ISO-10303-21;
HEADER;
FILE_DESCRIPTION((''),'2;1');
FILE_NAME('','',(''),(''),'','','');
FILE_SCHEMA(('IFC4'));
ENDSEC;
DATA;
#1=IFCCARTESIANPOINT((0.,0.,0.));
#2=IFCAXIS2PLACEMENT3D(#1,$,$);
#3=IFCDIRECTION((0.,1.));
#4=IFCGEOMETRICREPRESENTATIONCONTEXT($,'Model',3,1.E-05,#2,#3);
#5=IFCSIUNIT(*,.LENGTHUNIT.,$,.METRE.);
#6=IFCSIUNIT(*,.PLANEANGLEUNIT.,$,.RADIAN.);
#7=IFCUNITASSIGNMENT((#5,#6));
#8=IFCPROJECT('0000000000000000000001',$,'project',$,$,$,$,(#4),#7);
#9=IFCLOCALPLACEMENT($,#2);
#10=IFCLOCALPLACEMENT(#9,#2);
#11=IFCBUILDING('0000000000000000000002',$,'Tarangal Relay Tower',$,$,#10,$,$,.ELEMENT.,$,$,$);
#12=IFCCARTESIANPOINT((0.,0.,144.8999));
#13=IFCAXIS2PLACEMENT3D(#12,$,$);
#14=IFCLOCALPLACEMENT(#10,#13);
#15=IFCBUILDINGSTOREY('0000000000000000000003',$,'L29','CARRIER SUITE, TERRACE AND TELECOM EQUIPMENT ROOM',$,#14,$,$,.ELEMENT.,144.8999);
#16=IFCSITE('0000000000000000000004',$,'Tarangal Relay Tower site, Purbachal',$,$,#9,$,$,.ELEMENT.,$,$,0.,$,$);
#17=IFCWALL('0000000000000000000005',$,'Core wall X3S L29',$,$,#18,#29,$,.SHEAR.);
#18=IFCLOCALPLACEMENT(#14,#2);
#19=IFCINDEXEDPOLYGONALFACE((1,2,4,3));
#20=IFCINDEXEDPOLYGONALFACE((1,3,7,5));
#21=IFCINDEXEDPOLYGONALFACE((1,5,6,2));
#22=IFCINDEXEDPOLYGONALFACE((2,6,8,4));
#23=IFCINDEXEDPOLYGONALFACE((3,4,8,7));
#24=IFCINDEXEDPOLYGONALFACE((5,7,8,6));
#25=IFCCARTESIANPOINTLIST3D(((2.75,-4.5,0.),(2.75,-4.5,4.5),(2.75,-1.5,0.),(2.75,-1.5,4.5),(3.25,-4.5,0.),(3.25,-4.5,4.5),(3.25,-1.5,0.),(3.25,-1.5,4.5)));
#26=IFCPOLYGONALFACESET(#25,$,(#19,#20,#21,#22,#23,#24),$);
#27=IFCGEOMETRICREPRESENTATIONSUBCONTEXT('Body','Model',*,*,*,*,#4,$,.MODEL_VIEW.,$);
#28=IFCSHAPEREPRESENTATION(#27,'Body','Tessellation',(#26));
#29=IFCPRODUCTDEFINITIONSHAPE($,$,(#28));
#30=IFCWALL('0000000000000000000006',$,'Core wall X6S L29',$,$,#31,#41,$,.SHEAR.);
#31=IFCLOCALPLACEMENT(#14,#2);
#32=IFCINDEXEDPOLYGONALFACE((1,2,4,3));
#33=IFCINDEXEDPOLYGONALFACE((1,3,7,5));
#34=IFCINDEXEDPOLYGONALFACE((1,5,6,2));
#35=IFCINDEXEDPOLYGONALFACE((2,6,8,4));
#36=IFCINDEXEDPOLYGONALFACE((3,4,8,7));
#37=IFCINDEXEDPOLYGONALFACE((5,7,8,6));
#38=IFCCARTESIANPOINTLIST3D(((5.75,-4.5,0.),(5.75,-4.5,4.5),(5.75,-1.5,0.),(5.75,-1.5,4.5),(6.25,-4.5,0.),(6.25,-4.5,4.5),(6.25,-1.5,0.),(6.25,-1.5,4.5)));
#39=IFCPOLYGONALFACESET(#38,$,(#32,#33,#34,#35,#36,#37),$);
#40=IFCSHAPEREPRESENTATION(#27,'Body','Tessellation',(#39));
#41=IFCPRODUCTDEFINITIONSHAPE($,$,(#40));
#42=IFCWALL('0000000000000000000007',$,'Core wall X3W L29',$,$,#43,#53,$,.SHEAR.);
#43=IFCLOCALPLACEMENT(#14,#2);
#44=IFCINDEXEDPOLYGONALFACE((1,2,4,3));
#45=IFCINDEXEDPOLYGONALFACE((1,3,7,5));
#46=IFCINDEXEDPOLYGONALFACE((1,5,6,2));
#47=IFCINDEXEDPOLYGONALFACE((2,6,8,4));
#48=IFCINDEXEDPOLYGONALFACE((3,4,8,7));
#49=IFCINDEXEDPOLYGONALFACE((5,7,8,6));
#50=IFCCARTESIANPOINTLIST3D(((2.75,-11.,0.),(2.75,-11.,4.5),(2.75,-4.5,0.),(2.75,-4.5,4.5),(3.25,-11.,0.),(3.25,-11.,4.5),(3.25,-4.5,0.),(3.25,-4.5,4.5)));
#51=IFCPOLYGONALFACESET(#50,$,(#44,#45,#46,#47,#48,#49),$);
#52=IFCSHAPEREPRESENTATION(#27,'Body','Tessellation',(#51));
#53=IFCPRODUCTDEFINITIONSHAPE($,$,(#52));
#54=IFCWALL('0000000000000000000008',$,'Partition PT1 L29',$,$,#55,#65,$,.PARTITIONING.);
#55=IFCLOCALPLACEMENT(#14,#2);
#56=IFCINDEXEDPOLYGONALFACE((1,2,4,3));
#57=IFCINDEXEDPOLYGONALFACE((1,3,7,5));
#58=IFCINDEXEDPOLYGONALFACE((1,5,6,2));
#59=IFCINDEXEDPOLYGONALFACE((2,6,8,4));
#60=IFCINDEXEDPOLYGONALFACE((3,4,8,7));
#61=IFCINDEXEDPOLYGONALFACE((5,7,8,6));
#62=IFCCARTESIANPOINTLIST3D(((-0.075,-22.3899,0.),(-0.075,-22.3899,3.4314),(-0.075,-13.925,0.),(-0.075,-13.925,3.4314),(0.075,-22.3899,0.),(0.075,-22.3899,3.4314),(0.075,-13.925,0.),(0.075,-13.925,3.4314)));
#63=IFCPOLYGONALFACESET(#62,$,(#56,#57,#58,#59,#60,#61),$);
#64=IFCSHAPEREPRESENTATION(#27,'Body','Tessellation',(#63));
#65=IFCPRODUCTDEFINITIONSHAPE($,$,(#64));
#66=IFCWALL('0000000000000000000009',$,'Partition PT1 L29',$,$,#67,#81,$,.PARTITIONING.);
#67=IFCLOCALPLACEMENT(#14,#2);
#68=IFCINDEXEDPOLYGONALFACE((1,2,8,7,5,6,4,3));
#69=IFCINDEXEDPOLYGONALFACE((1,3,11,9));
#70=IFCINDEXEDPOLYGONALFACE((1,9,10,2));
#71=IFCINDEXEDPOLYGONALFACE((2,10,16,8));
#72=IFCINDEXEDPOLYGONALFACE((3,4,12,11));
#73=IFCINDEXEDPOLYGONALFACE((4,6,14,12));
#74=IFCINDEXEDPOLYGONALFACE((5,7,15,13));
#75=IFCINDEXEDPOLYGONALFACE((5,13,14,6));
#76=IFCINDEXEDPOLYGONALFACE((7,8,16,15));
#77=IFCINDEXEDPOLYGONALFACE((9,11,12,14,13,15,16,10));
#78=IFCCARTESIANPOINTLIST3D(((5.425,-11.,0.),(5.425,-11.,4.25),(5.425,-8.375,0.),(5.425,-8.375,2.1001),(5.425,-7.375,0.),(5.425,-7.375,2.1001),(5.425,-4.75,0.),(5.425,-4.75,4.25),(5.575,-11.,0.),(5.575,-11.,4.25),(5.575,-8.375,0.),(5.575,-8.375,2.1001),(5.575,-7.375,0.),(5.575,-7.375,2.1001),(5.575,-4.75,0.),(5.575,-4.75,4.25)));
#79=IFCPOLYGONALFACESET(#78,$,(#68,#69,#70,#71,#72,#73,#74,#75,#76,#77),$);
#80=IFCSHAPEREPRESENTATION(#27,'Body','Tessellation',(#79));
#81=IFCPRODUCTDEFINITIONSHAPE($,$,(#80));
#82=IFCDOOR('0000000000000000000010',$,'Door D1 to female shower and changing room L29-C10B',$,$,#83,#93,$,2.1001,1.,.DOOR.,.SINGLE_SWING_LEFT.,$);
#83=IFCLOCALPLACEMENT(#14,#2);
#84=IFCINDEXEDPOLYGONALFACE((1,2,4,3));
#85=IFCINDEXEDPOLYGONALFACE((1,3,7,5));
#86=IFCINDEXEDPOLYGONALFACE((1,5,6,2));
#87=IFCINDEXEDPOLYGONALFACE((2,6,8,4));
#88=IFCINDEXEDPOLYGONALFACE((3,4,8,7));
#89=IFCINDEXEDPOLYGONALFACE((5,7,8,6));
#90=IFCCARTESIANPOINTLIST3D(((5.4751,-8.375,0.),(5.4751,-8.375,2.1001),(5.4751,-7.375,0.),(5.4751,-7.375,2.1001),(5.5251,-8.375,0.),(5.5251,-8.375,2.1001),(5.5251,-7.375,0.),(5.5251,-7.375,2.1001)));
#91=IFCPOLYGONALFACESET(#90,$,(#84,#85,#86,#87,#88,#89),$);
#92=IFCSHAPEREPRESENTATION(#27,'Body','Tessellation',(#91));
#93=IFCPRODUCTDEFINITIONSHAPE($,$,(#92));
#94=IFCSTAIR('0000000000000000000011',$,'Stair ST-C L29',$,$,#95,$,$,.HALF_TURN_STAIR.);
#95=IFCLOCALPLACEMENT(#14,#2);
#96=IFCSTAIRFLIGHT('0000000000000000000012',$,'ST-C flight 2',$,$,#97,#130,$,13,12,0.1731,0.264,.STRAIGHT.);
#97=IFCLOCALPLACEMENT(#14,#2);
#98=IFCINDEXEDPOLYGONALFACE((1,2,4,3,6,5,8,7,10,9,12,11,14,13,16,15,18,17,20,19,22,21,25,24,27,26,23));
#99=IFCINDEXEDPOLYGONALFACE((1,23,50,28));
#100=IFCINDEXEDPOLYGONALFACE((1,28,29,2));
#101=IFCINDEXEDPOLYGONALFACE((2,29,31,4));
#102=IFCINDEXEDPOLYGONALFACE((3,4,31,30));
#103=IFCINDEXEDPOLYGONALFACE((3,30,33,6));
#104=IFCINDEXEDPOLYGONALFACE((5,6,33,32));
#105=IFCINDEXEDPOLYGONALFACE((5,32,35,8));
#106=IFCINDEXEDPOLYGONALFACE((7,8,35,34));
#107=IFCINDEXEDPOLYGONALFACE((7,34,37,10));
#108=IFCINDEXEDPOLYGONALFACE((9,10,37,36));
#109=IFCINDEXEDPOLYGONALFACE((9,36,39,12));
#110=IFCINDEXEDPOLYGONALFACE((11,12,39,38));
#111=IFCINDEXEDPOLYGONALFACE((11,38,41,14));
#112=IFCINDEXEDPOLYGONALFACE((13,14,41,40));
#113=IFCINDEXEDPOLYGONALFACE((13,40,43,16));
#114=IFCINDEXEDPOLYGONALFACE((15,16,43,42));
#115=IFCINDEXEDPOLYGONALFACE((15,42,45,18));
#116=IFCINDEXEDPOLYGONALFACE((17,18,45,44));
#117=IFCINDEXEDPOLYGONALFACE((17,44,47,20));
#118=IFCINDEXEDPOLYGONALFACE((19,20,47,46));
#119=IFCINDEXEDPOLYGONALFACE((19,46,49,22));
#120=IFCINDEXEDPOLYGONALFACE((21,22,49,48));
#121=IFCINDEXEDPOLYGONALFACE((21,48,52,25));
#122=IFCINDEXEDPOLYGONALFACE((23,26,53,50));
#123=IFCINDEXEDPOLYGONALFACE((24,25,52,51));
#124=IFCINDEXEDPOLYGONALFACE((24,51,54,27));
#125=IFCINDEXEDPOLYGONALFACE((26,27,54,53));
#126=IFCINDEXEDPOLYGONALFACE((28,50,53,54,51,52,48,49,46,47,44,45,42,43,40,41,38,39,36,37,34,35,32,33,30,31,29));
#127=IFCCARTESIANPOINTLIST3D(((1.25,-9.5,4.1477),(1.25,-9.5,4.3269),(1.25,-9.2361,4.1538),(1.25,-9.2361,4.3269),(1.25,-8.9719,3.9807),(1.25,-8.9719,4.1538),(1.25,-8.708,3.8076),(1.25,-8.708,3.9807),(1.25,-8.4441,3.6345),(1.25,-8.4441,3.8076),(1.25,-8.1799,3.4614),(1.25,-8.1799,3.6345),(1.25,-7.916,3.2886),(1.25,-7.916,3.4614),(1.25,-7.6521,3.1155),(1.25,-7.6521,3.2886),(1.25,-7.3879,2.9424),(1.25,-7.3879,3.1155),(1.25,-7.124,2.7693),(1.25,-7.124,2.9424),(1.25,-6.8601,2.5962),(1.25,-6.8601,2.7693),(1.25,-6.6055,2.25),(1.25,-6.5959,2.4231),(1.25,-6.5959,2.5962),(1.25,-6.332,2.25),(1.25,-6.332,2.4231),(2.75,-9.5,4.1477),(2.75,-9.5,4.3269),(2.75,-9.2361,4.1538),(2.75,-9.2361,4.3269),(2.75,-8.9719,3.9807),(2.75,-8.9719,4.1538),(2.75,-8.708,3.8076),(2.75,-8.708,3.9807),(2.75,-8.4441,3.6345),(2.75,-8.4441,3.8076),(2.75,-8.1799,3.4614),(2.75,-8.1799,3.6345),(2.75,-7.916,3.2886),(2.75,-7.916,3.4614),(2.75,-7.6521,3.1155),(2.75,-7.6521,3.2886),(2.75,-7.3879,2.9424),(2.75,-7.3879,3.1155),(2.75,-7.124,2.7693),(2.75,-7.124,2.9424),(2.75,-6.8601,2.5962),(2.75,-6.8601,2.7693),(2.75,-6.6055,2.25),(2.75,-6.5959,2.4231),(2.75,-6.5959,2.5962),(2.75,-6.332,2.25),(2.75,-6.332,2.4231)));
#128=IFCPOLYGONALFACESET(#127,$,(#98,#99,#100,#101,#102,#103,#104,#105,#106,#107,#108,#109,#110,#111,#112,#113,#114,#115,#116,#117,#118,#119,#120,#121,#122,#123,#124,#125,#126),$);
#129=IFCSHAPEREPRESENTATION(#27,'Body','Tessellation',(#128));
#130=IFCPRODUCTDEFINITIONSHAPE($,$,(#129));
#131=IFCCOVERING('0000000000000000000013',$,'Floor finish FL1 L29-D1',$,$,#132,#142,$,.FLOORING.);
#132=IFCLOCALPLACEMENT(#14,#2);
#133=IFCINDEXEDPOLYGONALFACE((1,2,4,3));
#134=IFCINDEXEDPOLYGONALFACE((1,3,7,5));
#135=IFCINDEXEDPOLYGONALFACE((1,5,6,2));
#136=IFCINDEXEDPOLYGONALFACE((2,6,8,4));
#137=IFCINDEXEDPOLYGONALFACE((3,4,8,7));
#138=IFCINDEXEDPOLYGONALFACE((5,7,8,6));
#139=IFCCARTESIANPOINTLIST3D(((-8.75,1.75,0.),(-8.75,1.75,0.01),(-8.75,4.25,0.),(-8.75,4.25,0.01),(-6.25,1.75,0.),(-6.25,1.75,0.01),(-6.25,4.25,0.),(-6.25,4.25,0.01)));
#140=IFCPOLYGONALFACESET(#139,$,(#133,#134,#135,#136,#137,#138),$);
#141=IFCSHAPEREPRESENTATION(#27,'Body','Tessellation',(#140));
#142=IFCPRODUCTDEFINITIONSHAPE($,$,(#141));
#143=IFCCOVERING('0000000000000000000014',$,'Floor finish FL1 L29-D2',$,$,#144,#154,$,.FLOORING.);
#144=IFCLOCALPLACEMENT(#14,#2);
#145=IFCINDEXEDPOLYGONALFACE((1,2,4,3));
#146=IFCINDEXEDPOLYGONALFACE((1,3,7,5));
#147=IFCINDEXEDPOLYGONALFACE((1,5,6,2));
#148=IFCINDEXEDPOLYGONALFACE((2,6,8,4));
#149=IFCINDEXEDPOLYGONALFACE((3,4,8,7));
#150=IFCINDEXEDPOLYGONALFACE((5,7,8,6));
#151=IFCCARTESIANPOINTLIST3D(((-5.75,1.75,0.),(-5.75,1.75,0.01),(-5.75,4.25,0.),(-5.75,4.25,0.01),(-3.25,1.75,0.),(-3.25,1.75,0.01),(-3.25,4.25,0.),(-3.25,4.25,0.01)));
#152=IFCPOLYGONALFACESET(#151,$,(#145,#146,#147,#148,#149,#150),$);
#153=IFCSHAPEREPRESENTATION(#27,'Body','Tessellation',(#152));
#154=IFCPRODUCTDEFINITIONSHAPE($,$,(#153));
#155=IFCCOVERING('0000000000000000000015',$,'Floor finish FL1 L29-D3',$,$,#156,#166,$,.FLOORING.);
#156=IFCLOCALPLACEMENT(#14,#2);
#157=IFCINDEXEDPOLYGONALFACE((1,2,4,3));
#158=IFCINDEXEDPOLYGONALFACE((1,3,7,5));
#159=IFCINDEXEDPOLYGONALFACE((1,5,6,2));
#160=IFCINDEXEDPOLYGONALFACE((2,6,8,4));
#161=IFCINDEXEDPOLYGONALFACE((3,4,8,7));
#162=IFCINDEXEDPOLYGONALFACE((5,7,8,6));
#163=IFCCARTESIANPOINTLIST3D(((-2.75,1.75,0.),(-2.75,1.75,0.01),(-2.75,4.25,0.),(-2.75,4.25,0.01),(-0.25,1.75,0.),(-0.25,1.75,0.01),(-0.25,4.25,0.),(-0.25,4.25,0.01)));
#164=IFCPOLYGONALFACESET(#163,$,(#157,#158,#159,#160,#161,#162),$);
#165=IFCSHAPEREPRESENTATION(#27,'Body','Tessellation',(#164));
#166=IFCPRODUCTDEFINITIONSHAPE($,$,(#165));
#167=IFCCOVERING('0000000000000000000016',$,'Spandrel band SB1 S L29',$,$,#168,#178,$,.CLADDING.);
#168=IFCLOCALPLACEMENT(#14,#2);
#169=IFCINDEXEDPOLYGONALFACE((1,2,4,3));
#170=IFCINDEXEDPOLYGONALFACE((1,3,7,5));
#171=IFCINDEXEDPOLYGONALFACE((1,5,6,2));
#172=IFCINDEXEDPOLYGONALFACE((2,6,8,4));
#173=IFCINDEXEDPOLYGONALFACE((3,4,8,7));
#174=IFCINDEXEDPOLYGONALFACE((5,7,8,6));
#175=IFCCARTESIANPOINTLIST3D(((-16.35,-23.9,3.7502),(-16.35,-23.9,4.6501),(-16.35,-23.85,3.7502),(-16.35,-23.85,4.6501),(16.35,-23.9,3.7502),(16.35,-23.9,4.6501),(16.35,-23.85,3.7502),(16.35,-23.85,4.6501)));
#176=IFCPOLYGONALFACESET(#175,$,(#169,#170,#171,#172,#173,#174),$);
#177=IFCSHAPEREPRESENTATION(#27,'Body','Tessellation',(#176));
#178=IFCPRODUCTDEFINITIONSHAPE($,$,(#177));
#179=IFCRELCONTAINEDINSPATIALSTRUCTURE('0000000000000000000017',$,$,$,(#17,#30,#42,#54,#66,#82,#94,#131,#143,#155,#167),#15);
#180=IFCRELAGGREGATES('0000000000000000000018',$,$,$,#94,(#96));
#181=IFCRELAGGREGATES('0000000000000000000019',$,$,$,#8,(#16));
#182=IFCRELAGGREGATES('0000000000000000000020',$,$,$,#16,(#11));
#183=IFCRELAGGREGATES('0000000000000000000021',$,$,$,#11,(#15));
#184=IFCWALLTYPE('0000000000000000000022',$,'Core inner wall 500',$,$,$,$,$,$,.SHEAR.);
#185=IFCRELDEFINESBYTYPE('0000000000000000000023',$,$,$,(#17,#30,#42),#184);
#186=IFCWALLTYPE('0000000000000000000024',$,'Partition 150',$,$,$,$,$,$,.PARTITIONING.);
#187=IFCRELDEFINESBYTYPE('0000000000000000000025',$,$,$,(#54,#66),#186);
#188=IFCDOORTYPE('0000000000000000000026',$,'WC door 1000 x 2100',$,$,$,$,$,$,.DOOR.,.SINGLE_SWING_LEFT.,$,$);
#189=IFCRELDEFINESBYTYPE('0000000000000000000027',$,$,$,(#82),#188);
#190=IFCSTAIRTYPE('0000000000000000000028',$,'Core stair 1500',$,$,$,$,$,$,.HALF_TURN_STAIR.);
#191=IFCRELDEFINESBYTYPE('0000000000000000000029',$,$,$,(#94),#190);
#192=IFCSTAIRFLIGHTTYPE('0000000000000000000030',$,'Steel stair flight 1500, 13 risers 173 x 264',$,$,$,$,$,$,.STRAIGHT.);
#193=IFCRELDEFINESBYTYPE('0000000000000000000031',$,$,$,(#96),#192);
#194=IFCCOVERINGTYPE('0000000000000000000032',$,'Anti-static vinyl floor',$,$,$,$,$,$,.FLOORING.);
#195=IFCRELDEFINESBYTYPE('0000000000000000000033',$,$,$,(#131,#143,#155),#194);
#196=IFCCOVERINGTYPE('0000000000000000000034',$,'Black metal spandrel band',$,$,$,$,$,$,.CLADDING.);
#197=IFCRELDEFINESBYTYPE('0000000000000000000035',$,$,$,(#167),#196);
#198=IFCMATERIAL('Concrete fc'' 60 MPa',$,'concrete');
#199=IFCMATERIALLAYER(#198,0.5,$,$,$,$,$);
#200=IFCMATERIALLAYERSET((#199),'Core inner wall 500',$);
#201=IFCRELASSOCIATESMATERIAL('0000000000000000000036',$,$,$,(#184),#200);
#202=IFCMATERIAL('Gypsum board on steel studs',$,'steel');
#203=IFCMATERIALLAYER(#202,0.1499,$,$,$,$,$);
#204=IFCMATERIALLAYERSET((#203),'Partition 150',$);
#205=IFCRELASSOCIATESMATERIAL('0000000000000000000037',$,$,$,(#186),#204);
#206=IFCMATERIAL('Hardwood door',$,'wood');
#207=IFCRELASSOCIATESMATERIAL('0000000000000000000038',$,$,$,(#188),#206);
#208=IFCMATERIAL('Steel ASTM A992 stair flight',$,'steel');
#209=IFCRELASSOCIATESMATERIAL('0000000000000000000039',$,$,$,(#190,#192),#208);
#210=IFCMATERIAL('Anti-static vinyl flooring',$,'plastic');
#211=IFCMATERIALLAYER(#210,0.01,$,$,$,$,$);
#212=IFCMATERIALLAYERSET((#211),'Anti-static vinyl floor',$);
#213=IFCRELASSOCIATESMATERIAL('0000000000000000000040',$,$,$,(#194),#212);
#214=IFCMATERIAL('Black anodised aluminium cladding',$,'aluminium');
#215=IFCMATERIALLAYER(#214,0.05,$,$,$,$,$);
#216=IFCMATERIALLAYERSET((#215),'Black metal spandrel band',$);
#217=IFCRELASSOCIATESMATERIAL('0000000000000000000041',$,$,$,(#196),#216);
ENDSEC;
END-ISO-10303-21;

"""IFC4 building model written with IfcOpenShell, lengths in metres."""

from ifc_helpers import new_model, si_unit, direction, frame, frame_2d, origin, origin_2d, place, context, subcontext, project, spatial, polyline, rectangle, outline, extrude, material, layer, layer_set, type_object, element, fill, aggregate, save


model = new_model("IFC4")

# Units and contexts
model_context = context("Model", 3, precision=1e-05, world=origin(), true_north=direction((0.0, 1.0)))
body_context = subcontext(model_context, "Body", "Model", "MODEL_VIEW")
ifc_project = project(units=[si_unit("LENGTHUNIT", "METRE"), si_unit("PLANEANGLEUNIT", "RADIAN")], contexts=[model_context])

# Site, building, storey
site_placement = place(None, origin())
site = spatial("IfcSite", under=ifc_project, at=site_placement, Name="Tarangal Relay Tower site, Purbachal", CompositionType="ELEMENT", RefElevation=0.0)
building_placement = place(site_placement, origin())
building = spatial("IfcBuilding", under=site, at=building_placement, Name="Tarangal Relay Tower", CompositionType="ELEMENT")
storey_placement = place(building_placement, frame((0.0, 0.0, 144.8999)))
storey = spatial("IfcBuildingStorey", under=building, at=storey_placement, Name="L29", Description="CARRIER SUITE, TERRACE AND TELECOM EQUIPMENT ROOM", CompositionType="ELEMENT", Elevation=144.8999)

# Walls
ifc_material_1 = material(Name="Concrete fc' 60 MPa", Category="concrete")
ifc_layer_1 = layer(ifc_material_1, 0.5)
ifc_layer_set_1 = layer_set([ifc_layer_1], Name="Core inner wall 500")
wall_type_1 = type_object("IfcWallType", Name="Core inner wall 500", PredefinedType="SHEAR", material=ifc_layer_set_1)
for number, where, z_axis, x_axis, name in (
    (1, (3.0, -4.5, 0.0), (0.0, 0.0, 1.0), (0.0, 1.0, 0.0), "Core wall X3S L29"),
    (2, (6.0, -4.5, 0.0), (0.0, 0.0, 1.0), (0.0, 1.0, 0.0), "Core wall X6S L29"),
):
    element("IfcWall", number, at=place(storey_placement, frame(where, z_axis=z_axis, x_axis=x_axis)), inside=storey, type_object=wall_type_1, Name=name, PredefinedType="SHEAR", context=body_context, shape_type="SweptSolid", body=[
        extrude(rectangle(XDim=3.0, YDim=0.5, at=frame_2d((1.5, 0.0))), origin(), (0.0, 0.0, 1.0), 4.5),
    ])
wall_1_placement = place(storey_placement, frame((3.0, -11.0, 0.0), z_axis=(0.0, 0.0, 1.0), x_axis=(0.0, 1.0, 0.0)))
element("IfcWall", 3, at=wall_1_placement, inside=storey, type_object=wall_type_1, Name="Core wall X3W L29", PredefinedType="SHEAR", context=body_context, shape_type="SweptSolid", body=[
    extrude(rectangle(XDim=6.5, YDim=0.5, at=frame_2d((3.25, 0.0))), origin(), (0.0, 0.0, 1.0), 4.5),
])
ifc_material_2 = material(Name="Gypsum board on steel studs", Category="steel")
ifc_layer_2 = layer(ifc_material_2, 0.1499)
ifc_layer_set_2 = layer_set([ifc_layer_2], Name="Partition 150")
wall_type_2 = type_object("IfcWallType", Name="Partition 150", PredefinedType="PARTITIONING", material=ifc_layer_set_2)
wall_2_placement = place(storey_placement, frame((0.0, -22.3899, 0.0), z_axis=(0.0, 0.0, 1.0), x_axis=(0.0, 1.0, 0.0)))
element("IfcWall", 4, at=wall_2_placement, inside=storey, type_object=wall_type_2, Name="Partition PT1 L29", PredefinedType="PARTITIONING", context=body_context, shape_type="SweptSolid", body=[
    extrude(rectangle(XDim=8.4648, YDim=0.1499, at=frame_2d((4.2324, 0.0))), origin(), (0.0, 0.0, 1.0), 3.4314),
])

# Wall, opening, door
wall_3_placement = place(storey_placement, frame((5.5, -11.0, 0.0), z_axis=(0.0, 0.0, 1.0), x_axis=(0.0, 1.0, 0.0)))
wall_3 = element("IfcWall", 5, at=wall_3_placement, inside=storey, type_object=wall_type_2, Name="Partition PT1 L29", PredefinedType="PARTITIONING", context=body_context, shape_type="SweptSolid", body=[
    extrude(rectangle(XDim=6.25, YDim=0.1499, at=frame_2d((3.125, 0.0))), origin(), (0.0, 0.0, 1.0), 4.25),
])
opening_placement = place(wall_3_placement, frame((2.625, 0.0, 0.0)))
opening = element("IfcOpeningElement", 6, at=opening_placement, cuts=wall_3, PredefinedType="OPENING", context=body_context, shape_type="SweptSolid", body=[
    extrude(rectangle(XDim=1.0, YDim=2.1001, at=frame_2d((0.5, 1.05))), frame((0.0, 0.085, 0.0), z_axis=(0.0, -1.0, 0.0), x_axis=(1.0, 0.0, 0.0)), (0.0, 0.0, 1.0), 0.1699),
])
ifc_material_3 = material(Name="Hardwood door", Category="wood")
door_type = type_object("IfcDoorType", Name="WC door 1000 x 2100", OperationType="SINGLE_SWING_LEFT", PredefinedType="DOOR", material=ifc_material_3)
door_placement = place(opening_placement, origin())
door = element("IfcDoor", 7, at=door_placement, inside=storey, type_object=door_type, Name="Door D1 to female shower and changing room L29-C10B", OperationType="SINGLE_SWING_LEFT", OverallHeight=2.1001, OverallWidth=1.0, PredefinedType="DOOR", context=body_context, shape_type="SweptSolid", body=[
    extrude(rectangle(XDim=1.0, YDim=2.1001, at=frame_2d((0.5, 1.05))), frame((0.0, 0.0249, 0.0), z_axis=(0.0, -1.0, 0.0), x_axis=(1.0, 0.0, 0.0)), (0.0, 0.0, 1.0), 0.05),
])
fill(opening, door)

# Stair, stair flight
ifc_material_4 = material(Name="Steel ASTM A992 stair flight", Category="steel")
stair_type = type_object("IfcStairType", Name="Core stair 1500", PredefinedType="HALF_TURN_STAIR", material=ifc_material_4)
stair_placement = place(storey_placement, origin())
stair = element("IfcStair", 8, at=stair_placement, inside=storey, type_object=stair_type, Name="Stair ST-C L29", PredefinedType="HALF_TURN_STAIR")
stair_flight_type = type_object("IfcStairFlightType", Name="Steel stair flight 1500, 13 risers 173 x 264", PredefinedType="STRAIGHT", material=ifc_material_4)
stair_flight_placement = place(storey_placement, frame((2.0, -6.332, 2.25), z_axis=(0.0, 0.0, 1.0), x_axis=(0.0, -1.0, 0.0)))
stair_flight = element("IfcStairFlight", 9, at=stair_flight_placement, type_object=stair_flight_type, Name="ST-C flight 2", NumberOfRisers=13, NumberOfTreads=12, PredefinedType="STRAIGHT", RiserHeight=0.1731, TreadLength=0.264, context=body_context, shape_type="SweptSolid", body=[
    extrude(outline(polyline([(0.0, 0.0), (0.0, 0.1731), (0.2639, 0.1731), (0.2639, 0.3462), (0.5281, 0.3462), (0.5281, 0.5193), (0.792, 0.5193), (0.792, 0.6924), (1.0559, 0.6924), (1.0559, 0.8655), (1.3201, 0.8655), (1.3201, 1.0386), (1.584, 1.0386), (1.584, 1.2114), (1.8479, 1.2114), (1.8479, 1.3845), (2.1121, 1.3845), (2.1121, 1.5576), (2.376, 1.5576), (2.376, 1.7307), (2.6399, 1.7307), (2.6399, 1.9038), (2.9041, 1.9038), (2.9041, 2.0769), (3.168, 2.0769), (3.168, 2.25), (3.168, 1.8977), (0.2734, 0.0), (0.0, 0.0)])), frame((0.0, 0.75, 0.0), z_axis=(0.0, -1.0, 0.0), x_axis=(1.0, 0.0, 0.0)), (0.0, 0.0, 1.0), 1.5),
])
aggregate(stair, [stair_flight])

# Coverings
ifc_material_5 = material(Name="Anti-static vinyl flooring", Category="plastic")
ifc_layer_3 = layer(ifc_material_5, 0.01)
ifc_layer_set_3 = layer_set([ifc_layer_3], Name="Anti-static vinyl floor")
covering_type_1 = type_object("IfcCoveringType", Name="Anti-static vinyl floor", PredefinedType="FLOORING", material=ifc_layer_set_3)
covering_1_placement = place(storey_placement, origin())
element("IfcCovering", 10, at=covering_1_placement, inside=storey, type_object=covering_type_1, Name="Floor finish FL1 L29-D1", PredefinedType="FLOORING", context=body_context, shape_type="SweptSolid", body=[
    extrude(outline(polyline([(-8.75, 1.75), (-6.25, 1.75), (-6.25, 4.25), (-8.75, 4.25), (-8.75, 1.75)])), origin(), (0.0, 0.0, 1.0), 0.01),
])
covering_2_placement = place(storey_placement, origin())
element("IfcCovering", 11, at=covering_2_placement, inside=storey, type_object=covering_type_1, Name="Floor finish FL1 L29-D2", PredefinedType="FLOORING", context=body_context, shape_type="SweptSolid", body=[
    extrude(outline(polyline([(-5.75, 1.75), (-3.25, 1.75), (-3.25, 4.25), (-5.75, 4.25), (-5.75, 1.75)])), origin(), (0.0, 0.0, 1.0), 0.01),
])
covering_3_placement = place(storey_placement, origin())
element("IfcCovering", 12, at=covering_3_placement, inside=storey, type_object=covering_type_1, Name="Floor finish FL1 L29-D3", PredefinedType="FLOORING", context=body_context, shape_type="SweptSolid", body=[
    extrude(outline(polyline([(-2.75, 1.75), (-0.25, 1.75), (-0.25, 4.25), (-2.75, 4.25), (-2.75, 1.75)])), origin(), (0.0, 0.0, 1.0), 0.01),
])
ifc_material_6 = material(Name="Black anodised aluminium cladding", Category="aluminium")
ifc_layer_4 = layer(ifc_material_6, 0.05)
ifc_layer_set_4 = layer_set([ifc_layer_4], Name="Black metal spandrel band")
covering_type_2 = type_object("IfcCoveringType", Name="Black metal spandrel band", PredefinedType="CLADDING", material=ifc_layer_set_4)
covering_4_placement = place(storey_placement, frame((0.0, -23.875, 3.7502), z_axis=(0.0, 0.0, 1.0), x_axis=(-1.0, 0.0, 0.0)))
element("IfcCovering", 13, at=covering_4_placement, inside=storey, type_object=covering_type_2, Name="Spandrel band SB1 S L29", PredefinedType="CLADDING", context=body_context, shape_type="SweptSolid", body=[
    extrude(rectangle(XDim=32.7, YDim=0.05, at=origin_2d()), origin(), (0.0, 0.0, 1.0), 0.8999),
])

save(model, "model.ifc")
